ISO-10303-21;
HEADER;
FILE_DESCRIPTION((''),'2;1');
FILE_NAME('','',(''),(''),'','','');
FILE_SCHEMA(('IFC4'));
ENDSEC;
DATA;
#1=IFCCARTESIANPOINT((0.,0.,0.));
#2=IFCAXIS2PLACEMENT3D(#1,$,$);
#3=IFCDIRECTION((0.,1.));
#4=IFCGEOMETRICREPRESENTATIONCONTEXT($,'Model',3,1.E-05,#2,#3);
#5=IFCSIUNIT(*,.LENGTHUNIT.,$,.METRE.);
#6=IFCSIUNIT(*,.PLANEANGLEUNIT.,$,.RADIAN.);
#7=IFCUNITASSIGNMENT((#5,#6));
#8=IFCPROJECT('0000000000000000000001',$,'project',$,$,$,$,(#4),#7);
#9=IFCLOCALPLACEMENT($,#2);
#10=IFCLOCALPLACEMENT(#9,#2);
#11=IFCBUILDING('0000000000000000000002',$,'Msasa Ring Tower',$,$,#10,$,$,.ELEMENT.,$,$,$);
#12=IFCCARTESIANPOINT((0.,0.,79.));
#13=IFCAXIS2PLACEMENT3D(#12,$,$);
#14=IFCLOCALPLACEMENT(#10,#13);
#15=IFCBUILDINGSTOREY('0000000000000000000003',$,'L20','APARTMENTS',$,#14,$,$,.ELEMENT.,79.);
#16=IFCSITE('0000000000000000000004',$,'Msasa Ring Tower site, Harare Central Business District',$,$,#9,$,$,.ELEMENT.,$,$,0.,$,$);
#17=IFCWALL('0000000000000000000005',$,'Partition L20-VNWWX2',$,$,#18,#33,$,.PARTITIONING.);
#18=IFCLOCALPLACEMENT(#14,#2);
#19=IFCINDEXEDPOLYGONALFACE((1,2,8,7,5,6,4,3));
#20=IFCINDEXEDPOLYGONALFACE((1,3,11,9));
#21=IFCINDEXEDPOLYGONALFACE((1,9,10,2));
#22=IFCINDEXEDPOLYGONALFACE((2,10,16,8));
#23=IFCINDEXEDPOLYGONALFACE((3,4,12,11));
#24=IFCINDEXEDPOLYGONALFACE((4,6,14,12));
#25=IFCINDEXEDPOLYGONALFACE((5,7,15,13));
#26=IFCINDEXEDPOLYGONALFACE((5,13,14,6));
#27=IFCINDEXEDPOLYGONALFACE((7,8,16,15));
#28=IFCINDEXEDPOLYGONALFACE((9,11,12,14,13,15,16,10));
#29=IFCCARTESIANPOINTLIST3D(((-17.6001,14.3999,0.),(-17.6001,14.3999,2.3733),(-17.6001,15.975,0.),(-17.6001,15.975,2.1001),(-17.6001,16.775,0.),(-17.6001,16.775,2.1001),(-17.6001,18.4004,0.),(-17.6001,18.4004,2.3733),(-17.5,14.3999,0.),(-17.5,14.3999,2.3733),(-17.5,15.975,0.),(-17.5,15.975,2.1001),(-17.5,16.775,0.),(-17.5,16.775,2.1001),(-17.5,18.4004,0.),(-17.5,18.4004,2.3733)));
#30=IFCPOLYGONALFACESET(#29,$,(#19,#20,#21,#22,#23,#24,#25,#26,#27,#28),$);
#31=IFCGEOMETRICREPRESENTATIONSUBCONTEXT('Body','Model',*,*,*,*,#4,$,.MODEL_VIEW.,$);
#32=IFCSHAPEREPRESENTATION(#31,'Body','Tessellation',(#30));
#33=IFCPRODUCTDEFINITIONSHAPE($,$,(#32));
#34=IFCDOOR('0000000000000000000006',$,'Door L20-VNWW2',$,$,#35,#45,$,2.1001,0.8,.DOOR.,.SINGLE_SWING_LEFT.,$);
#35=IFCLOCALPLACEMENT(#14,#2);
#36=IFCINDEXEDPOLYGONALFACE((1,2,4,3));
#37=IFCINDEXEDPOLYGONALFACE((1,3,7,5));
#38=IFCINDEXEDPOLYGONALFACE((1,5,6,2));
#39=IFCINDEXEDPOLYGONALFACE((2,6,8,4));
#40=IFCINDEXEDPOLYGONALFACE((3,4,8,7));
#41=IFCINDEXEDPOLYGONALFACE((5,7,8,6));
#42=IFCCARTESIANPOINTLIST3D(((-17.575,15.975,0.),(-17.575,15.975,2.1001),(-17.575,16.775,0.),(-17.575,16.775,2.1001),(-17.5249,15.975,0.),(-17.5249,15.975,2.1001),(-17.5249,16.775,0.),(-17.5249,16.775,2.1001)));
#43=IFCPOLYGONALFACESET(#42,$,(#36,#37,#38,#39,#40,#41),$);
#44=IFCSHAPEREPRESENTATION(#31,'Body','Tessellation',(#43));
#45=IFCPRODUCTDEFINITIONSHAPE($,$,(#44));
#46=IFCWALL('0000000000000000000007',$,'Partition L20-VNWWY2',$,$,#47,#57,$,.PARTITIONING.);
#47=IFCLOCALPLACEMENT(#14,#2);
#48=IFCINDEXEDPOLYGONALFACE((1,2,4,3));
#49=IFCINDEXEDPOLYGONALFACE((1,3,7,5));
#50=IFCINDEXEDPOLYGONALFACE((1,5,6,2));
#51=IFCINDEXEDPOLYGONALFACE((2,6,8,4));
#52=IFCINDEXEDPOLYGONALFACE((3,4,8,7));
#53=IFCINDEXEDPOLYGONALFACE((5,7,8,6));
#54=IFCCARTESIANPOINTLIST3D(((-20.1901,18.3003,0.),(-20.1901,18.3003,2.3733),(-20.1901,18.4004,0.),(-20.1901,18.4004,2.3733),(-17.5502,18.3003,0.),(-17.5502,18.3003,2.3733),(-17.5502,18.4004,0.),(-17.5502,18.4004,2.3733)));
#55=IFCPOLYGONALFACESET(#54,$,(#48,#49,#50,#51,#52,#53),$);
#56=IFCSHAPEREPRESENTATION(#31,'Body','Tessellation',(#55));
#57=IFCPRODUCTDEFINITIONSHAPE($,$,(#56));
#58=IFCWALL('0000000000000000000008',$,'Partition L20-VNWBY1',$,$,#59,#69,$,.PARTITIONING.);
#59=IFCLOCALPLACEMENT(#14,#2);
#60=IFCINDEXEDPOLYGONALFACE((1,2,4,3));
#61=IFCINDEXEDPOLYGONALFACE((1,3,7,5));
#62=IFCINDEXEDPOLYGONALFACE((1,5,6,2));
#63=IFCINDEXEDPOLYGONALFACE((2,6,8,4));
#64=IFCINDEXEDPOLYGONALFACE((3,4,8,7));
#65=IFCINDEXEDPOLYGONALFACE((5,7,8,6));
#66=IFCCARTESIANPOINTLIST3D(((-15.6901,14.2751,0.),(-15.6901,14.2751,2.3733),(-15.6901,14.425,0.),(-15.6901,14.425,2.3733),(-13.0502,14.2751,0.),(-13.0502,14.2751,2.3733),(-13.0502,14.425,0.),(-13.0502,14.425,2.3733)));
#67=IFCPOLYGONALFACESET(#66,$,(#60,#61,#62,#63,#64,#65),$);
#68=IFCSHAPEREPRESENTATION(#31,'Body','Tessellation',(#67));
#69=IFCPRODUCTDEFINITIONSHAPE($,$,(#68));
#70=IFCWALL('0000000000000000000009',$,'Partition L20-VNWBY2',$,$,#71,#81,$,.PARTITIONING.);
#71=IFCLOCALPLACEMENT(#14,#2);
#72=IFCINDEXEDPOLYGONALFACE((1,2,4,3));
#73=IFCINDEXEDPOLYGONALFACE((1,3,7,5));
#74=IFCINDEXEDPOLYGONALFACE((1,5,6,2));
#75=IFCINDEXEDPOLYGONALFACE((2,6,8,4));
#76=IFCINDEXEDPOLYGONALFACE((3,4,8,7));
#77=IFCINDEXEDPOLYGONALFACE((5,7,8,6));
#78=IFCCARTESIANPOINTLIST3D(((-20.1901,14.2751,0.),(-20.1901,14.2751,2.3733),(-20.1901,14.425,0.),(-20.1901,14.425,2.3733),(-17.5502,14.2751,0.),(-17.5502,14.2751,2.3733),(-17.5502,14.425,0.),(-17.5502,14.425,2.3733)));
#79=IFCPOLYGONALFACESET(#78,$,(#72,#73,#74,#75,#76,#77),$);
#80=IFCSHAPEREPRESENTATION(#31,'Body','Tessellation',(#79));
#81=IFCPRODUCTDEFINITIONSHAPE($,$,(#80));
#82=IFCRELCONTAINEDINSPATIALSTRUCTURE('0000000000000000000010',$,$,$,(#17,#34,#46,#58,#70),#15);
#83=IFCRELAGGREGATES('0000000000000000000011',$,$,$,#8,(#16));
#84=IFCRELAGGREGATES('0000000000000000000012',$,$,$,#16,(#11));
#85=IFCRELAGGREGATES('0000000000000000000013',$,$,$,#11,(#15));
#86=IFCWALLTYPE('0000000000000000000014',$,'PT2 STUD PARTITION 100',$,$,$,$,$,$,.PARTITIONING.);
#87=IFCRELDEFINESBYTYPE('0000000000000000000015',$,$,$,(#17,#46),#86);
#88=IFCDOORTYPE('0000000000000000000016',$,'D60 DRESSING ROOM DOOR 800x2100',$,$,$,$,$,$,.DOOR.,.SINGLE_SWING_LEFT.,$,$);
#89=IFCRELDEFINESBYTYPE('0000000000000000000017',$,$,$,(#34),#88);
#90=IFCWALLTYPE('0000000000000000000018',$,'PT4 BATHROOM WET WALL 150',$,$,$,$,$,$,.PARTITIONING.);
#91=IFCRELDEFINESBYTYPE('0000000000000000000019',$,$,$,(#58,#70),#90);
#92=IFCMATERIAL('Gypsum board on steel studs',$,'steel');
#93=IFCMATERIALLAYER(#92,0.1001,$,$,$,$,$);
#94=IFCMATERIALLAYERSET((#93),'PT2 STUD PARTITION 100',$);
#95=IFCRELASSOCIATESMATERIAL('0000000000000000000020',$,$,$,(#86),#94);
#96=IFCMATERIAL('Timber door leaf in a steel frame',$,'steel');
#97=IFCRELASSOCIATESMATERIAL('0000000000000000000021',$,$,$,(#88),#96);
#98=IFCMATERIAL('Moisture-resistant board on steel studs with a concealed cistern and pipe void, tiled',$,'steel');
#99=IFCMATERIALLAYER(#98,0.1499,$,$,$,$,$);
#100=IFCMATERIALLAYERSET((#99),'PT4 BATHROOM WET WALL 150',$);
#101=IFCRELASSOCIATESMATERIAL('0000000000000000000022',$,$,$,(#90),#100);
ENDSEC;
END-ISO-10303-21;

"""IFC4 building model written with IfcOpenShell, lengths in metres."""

from ifc_helpers import new_model, si_unit, direction, frame, frame_2d, origin, place, context, subcontext, project, spatial, rectangle, extrude, material, layer, layer_set, type_object, element, fill, save


model = new_model("IFC4")

# Units and contexts
model_context = context("Model", 3, precision=1e-05, world=origin(), true_north=direction((0.0, 1.0)))
body_context = subcontext(model_context, "Body", "Model", "MODEL_VIEW")
ifc_project = project(units=[si_unit("LENGTHUNIT", "METRE"), si_unit("PLANEANGLEUNIT", "RADIAN")], contexts=[model_context])

# Site, building, storey
site_placement = place(None, origin())
site = spatial("IfcSite", under=ifc_project, at=site_placement, Name="Msasa Ring Tower site, Harare Central Business District", CompositionType="ELEMENT", RefElevation=0.0)
building_placement = place(site_placement, origin())
building = spatial("IfcBuilding", under=site, at=building_placement, Name="Msasa Ring Tower", CompositionType="ELEMENT")
storey_placement = place(building_placement, frame((0.0, 0.0, 79.0)))
storey = spatial("IfcBuildingStorey", under=building, at=storey_placement, Name="L20", Description="APARTMENTS", CompositionType="ELEMENT", Elevation=79.0)

# Shared definitions
ifc_material_1 = material(Name="Gypsum board on steel studs", Category="steel")
ifc_layer_1 = layer(ifc_material_1, 0.1001)
ifc_layer_set_1 = layer_set([ifc_layer_1], Name="PT2 STUD PARTITION 100")
wall_type_1 = type_object("IfcWallType", Name="PT2 STUD PARTITION 100", PredefinedType="PARTITIONING", material=ifc_layer_set_1)
ifc_material_2 = material(Name="Timber door leaf in a steel frame", Category="steel")
door_type = type_object("IfcDoorType", Name="D60 DRESSING ROOM DOOR 800x2100", OperationType="SINGLE_SWING_LEFT", PredefinedType="DOOR", material=ifc_material_2)

# Wall, opening, door
wall_1_placement = place(storey_placement, frame((-17.55, 14.3999, 0.0), z_axis=(0.0, 0.0, 1.0), x_axis=(0.0, 1.0, 0.0)))
wall_1 = element("IfcWall", 1, at=wall_1_placement, inside=storey, type_object=wall_type_1, Name="Partition L20-VNWWX2", PredefinedType="PARTITIONING", context=body_context, shape_type="SweptSolid", body=[
    extrude(rectangle(XDim=4.0005, YDim=0.1001, at=frame_2d((2.0002, 0.0))), origin(), (0.0, 0.0, 1.0), 2.3733),
])
opening_1_placement = place(wall_1_placement, frame((1.5752, 0.0, 0.0)))
opening_1 = element("IfcOpeningElement", 2, at=opening_1_placement, cuts=wall_1, PredefinedType="OPENING", context=body_context, shape_type="SweptSolid", body=[
    extrude(rectangle(XDim=0.8, YDim=2.1001, at=frame_2d((0.3999, 1.05))), frame((0.0, 0.0601, 0.0), z_axis=(0.0, -1.0, 0.0), x_axis=(1.0, 0.0, 0.0)), (0.0, 0.0, 1.0), 0.1201),
])
door_1_placement = place(opening_1_placement, origin())
door_1 = element("IfcDoor", 3, at=door_1_placement, inside=storey, type_object=door_type, Name="Door L20-VNWW2", OperationType="SINGLE_SWING_LEFT", OverallHeight=2.1001, OverallWidth=0.8, PredefinedType="DOOR", context=body_context, shape_type="SweptSolid", body=[
    extrude(rectangle(XDim=0.8, YDim=2.1001, at=frame_2d((0.3999, 1.05))), frame((0.0, 0.0249, 0.0), z_axis=(0.0, -1.0, 0.0), x_axis=(1.0, 0.0, 0.0)), (0.0, 0.0, 1.0), 0.05),
])
fill(opening_1, door_1)

# Walls
wall_2_placement = place(storey_placement, frame((-20.1899, 18.3503, 0.0), z_axis=(0.0, 0.0, 1.0), x_axis=(1.0, 0.0, 0.0)))
element("IfcWall", 4, at=wall_2_placement, inside=storey, type_object=wall_type_1, Name="Partition L20-VNWWY2", PredefinedType="PARTITIONING", context=body_context, shape_type="SweptSolid", body=[
    extrude(rectangle(XDim=2.6399, YDim=0.1001, at=frame_2d((1.3198, 0.0))), origin(), (0.0, 0.0, 1.0), 2.3733),
])
ifc_material_3 = material(Name="Moisture-resistant board on steel studs with a concealed cistern and pipe void, tiled", Category="steel")
ifc_layer_2 = layer(ifc_material_3, 0.1499)
ifc_layer_set_2 = layer_set([ifc_layer_2], Name="PT4 BATHROOM WET WALL 150")
wall_type_2 = type_object("IfcWallType", Name="PT4 BATHROOM WET WALL 150", PredefinedType="PARTITIONING", material=ifc_layer_set_2)
for number, where, z_axis, x_axis, name in (
    (5, (-15.6899, 14.3501, 0.0), (0.0, 0.0, 1.0), (1.0, 0.0, 0.0), "Partition L20-VNWBY1"),
    (6, (-20.1899, 14.3501, 0.0), (0.0, 0.0, 1.0), (1.0, 0.0, 0.0), "Partition L20-VNWBY2"),
):
    element("IfcWall", number, at=place(storey_placement, frame(where, z_axis=z_axis, x_axis=x_axis)), inside=storey, type_object=wall_type_2, Name=name, PredefinedType="PARTITIONING", context=body_context, shape_type="SweptSolid", body=[
        extrude(rectangle(XDim=2.6399, YDim=0.1499, at=frame_2d((1.3198, 0.0))), origin(), (0.0, 0.0, 1.0), 2.3733),
    ])

save(model, "model.ifc")
